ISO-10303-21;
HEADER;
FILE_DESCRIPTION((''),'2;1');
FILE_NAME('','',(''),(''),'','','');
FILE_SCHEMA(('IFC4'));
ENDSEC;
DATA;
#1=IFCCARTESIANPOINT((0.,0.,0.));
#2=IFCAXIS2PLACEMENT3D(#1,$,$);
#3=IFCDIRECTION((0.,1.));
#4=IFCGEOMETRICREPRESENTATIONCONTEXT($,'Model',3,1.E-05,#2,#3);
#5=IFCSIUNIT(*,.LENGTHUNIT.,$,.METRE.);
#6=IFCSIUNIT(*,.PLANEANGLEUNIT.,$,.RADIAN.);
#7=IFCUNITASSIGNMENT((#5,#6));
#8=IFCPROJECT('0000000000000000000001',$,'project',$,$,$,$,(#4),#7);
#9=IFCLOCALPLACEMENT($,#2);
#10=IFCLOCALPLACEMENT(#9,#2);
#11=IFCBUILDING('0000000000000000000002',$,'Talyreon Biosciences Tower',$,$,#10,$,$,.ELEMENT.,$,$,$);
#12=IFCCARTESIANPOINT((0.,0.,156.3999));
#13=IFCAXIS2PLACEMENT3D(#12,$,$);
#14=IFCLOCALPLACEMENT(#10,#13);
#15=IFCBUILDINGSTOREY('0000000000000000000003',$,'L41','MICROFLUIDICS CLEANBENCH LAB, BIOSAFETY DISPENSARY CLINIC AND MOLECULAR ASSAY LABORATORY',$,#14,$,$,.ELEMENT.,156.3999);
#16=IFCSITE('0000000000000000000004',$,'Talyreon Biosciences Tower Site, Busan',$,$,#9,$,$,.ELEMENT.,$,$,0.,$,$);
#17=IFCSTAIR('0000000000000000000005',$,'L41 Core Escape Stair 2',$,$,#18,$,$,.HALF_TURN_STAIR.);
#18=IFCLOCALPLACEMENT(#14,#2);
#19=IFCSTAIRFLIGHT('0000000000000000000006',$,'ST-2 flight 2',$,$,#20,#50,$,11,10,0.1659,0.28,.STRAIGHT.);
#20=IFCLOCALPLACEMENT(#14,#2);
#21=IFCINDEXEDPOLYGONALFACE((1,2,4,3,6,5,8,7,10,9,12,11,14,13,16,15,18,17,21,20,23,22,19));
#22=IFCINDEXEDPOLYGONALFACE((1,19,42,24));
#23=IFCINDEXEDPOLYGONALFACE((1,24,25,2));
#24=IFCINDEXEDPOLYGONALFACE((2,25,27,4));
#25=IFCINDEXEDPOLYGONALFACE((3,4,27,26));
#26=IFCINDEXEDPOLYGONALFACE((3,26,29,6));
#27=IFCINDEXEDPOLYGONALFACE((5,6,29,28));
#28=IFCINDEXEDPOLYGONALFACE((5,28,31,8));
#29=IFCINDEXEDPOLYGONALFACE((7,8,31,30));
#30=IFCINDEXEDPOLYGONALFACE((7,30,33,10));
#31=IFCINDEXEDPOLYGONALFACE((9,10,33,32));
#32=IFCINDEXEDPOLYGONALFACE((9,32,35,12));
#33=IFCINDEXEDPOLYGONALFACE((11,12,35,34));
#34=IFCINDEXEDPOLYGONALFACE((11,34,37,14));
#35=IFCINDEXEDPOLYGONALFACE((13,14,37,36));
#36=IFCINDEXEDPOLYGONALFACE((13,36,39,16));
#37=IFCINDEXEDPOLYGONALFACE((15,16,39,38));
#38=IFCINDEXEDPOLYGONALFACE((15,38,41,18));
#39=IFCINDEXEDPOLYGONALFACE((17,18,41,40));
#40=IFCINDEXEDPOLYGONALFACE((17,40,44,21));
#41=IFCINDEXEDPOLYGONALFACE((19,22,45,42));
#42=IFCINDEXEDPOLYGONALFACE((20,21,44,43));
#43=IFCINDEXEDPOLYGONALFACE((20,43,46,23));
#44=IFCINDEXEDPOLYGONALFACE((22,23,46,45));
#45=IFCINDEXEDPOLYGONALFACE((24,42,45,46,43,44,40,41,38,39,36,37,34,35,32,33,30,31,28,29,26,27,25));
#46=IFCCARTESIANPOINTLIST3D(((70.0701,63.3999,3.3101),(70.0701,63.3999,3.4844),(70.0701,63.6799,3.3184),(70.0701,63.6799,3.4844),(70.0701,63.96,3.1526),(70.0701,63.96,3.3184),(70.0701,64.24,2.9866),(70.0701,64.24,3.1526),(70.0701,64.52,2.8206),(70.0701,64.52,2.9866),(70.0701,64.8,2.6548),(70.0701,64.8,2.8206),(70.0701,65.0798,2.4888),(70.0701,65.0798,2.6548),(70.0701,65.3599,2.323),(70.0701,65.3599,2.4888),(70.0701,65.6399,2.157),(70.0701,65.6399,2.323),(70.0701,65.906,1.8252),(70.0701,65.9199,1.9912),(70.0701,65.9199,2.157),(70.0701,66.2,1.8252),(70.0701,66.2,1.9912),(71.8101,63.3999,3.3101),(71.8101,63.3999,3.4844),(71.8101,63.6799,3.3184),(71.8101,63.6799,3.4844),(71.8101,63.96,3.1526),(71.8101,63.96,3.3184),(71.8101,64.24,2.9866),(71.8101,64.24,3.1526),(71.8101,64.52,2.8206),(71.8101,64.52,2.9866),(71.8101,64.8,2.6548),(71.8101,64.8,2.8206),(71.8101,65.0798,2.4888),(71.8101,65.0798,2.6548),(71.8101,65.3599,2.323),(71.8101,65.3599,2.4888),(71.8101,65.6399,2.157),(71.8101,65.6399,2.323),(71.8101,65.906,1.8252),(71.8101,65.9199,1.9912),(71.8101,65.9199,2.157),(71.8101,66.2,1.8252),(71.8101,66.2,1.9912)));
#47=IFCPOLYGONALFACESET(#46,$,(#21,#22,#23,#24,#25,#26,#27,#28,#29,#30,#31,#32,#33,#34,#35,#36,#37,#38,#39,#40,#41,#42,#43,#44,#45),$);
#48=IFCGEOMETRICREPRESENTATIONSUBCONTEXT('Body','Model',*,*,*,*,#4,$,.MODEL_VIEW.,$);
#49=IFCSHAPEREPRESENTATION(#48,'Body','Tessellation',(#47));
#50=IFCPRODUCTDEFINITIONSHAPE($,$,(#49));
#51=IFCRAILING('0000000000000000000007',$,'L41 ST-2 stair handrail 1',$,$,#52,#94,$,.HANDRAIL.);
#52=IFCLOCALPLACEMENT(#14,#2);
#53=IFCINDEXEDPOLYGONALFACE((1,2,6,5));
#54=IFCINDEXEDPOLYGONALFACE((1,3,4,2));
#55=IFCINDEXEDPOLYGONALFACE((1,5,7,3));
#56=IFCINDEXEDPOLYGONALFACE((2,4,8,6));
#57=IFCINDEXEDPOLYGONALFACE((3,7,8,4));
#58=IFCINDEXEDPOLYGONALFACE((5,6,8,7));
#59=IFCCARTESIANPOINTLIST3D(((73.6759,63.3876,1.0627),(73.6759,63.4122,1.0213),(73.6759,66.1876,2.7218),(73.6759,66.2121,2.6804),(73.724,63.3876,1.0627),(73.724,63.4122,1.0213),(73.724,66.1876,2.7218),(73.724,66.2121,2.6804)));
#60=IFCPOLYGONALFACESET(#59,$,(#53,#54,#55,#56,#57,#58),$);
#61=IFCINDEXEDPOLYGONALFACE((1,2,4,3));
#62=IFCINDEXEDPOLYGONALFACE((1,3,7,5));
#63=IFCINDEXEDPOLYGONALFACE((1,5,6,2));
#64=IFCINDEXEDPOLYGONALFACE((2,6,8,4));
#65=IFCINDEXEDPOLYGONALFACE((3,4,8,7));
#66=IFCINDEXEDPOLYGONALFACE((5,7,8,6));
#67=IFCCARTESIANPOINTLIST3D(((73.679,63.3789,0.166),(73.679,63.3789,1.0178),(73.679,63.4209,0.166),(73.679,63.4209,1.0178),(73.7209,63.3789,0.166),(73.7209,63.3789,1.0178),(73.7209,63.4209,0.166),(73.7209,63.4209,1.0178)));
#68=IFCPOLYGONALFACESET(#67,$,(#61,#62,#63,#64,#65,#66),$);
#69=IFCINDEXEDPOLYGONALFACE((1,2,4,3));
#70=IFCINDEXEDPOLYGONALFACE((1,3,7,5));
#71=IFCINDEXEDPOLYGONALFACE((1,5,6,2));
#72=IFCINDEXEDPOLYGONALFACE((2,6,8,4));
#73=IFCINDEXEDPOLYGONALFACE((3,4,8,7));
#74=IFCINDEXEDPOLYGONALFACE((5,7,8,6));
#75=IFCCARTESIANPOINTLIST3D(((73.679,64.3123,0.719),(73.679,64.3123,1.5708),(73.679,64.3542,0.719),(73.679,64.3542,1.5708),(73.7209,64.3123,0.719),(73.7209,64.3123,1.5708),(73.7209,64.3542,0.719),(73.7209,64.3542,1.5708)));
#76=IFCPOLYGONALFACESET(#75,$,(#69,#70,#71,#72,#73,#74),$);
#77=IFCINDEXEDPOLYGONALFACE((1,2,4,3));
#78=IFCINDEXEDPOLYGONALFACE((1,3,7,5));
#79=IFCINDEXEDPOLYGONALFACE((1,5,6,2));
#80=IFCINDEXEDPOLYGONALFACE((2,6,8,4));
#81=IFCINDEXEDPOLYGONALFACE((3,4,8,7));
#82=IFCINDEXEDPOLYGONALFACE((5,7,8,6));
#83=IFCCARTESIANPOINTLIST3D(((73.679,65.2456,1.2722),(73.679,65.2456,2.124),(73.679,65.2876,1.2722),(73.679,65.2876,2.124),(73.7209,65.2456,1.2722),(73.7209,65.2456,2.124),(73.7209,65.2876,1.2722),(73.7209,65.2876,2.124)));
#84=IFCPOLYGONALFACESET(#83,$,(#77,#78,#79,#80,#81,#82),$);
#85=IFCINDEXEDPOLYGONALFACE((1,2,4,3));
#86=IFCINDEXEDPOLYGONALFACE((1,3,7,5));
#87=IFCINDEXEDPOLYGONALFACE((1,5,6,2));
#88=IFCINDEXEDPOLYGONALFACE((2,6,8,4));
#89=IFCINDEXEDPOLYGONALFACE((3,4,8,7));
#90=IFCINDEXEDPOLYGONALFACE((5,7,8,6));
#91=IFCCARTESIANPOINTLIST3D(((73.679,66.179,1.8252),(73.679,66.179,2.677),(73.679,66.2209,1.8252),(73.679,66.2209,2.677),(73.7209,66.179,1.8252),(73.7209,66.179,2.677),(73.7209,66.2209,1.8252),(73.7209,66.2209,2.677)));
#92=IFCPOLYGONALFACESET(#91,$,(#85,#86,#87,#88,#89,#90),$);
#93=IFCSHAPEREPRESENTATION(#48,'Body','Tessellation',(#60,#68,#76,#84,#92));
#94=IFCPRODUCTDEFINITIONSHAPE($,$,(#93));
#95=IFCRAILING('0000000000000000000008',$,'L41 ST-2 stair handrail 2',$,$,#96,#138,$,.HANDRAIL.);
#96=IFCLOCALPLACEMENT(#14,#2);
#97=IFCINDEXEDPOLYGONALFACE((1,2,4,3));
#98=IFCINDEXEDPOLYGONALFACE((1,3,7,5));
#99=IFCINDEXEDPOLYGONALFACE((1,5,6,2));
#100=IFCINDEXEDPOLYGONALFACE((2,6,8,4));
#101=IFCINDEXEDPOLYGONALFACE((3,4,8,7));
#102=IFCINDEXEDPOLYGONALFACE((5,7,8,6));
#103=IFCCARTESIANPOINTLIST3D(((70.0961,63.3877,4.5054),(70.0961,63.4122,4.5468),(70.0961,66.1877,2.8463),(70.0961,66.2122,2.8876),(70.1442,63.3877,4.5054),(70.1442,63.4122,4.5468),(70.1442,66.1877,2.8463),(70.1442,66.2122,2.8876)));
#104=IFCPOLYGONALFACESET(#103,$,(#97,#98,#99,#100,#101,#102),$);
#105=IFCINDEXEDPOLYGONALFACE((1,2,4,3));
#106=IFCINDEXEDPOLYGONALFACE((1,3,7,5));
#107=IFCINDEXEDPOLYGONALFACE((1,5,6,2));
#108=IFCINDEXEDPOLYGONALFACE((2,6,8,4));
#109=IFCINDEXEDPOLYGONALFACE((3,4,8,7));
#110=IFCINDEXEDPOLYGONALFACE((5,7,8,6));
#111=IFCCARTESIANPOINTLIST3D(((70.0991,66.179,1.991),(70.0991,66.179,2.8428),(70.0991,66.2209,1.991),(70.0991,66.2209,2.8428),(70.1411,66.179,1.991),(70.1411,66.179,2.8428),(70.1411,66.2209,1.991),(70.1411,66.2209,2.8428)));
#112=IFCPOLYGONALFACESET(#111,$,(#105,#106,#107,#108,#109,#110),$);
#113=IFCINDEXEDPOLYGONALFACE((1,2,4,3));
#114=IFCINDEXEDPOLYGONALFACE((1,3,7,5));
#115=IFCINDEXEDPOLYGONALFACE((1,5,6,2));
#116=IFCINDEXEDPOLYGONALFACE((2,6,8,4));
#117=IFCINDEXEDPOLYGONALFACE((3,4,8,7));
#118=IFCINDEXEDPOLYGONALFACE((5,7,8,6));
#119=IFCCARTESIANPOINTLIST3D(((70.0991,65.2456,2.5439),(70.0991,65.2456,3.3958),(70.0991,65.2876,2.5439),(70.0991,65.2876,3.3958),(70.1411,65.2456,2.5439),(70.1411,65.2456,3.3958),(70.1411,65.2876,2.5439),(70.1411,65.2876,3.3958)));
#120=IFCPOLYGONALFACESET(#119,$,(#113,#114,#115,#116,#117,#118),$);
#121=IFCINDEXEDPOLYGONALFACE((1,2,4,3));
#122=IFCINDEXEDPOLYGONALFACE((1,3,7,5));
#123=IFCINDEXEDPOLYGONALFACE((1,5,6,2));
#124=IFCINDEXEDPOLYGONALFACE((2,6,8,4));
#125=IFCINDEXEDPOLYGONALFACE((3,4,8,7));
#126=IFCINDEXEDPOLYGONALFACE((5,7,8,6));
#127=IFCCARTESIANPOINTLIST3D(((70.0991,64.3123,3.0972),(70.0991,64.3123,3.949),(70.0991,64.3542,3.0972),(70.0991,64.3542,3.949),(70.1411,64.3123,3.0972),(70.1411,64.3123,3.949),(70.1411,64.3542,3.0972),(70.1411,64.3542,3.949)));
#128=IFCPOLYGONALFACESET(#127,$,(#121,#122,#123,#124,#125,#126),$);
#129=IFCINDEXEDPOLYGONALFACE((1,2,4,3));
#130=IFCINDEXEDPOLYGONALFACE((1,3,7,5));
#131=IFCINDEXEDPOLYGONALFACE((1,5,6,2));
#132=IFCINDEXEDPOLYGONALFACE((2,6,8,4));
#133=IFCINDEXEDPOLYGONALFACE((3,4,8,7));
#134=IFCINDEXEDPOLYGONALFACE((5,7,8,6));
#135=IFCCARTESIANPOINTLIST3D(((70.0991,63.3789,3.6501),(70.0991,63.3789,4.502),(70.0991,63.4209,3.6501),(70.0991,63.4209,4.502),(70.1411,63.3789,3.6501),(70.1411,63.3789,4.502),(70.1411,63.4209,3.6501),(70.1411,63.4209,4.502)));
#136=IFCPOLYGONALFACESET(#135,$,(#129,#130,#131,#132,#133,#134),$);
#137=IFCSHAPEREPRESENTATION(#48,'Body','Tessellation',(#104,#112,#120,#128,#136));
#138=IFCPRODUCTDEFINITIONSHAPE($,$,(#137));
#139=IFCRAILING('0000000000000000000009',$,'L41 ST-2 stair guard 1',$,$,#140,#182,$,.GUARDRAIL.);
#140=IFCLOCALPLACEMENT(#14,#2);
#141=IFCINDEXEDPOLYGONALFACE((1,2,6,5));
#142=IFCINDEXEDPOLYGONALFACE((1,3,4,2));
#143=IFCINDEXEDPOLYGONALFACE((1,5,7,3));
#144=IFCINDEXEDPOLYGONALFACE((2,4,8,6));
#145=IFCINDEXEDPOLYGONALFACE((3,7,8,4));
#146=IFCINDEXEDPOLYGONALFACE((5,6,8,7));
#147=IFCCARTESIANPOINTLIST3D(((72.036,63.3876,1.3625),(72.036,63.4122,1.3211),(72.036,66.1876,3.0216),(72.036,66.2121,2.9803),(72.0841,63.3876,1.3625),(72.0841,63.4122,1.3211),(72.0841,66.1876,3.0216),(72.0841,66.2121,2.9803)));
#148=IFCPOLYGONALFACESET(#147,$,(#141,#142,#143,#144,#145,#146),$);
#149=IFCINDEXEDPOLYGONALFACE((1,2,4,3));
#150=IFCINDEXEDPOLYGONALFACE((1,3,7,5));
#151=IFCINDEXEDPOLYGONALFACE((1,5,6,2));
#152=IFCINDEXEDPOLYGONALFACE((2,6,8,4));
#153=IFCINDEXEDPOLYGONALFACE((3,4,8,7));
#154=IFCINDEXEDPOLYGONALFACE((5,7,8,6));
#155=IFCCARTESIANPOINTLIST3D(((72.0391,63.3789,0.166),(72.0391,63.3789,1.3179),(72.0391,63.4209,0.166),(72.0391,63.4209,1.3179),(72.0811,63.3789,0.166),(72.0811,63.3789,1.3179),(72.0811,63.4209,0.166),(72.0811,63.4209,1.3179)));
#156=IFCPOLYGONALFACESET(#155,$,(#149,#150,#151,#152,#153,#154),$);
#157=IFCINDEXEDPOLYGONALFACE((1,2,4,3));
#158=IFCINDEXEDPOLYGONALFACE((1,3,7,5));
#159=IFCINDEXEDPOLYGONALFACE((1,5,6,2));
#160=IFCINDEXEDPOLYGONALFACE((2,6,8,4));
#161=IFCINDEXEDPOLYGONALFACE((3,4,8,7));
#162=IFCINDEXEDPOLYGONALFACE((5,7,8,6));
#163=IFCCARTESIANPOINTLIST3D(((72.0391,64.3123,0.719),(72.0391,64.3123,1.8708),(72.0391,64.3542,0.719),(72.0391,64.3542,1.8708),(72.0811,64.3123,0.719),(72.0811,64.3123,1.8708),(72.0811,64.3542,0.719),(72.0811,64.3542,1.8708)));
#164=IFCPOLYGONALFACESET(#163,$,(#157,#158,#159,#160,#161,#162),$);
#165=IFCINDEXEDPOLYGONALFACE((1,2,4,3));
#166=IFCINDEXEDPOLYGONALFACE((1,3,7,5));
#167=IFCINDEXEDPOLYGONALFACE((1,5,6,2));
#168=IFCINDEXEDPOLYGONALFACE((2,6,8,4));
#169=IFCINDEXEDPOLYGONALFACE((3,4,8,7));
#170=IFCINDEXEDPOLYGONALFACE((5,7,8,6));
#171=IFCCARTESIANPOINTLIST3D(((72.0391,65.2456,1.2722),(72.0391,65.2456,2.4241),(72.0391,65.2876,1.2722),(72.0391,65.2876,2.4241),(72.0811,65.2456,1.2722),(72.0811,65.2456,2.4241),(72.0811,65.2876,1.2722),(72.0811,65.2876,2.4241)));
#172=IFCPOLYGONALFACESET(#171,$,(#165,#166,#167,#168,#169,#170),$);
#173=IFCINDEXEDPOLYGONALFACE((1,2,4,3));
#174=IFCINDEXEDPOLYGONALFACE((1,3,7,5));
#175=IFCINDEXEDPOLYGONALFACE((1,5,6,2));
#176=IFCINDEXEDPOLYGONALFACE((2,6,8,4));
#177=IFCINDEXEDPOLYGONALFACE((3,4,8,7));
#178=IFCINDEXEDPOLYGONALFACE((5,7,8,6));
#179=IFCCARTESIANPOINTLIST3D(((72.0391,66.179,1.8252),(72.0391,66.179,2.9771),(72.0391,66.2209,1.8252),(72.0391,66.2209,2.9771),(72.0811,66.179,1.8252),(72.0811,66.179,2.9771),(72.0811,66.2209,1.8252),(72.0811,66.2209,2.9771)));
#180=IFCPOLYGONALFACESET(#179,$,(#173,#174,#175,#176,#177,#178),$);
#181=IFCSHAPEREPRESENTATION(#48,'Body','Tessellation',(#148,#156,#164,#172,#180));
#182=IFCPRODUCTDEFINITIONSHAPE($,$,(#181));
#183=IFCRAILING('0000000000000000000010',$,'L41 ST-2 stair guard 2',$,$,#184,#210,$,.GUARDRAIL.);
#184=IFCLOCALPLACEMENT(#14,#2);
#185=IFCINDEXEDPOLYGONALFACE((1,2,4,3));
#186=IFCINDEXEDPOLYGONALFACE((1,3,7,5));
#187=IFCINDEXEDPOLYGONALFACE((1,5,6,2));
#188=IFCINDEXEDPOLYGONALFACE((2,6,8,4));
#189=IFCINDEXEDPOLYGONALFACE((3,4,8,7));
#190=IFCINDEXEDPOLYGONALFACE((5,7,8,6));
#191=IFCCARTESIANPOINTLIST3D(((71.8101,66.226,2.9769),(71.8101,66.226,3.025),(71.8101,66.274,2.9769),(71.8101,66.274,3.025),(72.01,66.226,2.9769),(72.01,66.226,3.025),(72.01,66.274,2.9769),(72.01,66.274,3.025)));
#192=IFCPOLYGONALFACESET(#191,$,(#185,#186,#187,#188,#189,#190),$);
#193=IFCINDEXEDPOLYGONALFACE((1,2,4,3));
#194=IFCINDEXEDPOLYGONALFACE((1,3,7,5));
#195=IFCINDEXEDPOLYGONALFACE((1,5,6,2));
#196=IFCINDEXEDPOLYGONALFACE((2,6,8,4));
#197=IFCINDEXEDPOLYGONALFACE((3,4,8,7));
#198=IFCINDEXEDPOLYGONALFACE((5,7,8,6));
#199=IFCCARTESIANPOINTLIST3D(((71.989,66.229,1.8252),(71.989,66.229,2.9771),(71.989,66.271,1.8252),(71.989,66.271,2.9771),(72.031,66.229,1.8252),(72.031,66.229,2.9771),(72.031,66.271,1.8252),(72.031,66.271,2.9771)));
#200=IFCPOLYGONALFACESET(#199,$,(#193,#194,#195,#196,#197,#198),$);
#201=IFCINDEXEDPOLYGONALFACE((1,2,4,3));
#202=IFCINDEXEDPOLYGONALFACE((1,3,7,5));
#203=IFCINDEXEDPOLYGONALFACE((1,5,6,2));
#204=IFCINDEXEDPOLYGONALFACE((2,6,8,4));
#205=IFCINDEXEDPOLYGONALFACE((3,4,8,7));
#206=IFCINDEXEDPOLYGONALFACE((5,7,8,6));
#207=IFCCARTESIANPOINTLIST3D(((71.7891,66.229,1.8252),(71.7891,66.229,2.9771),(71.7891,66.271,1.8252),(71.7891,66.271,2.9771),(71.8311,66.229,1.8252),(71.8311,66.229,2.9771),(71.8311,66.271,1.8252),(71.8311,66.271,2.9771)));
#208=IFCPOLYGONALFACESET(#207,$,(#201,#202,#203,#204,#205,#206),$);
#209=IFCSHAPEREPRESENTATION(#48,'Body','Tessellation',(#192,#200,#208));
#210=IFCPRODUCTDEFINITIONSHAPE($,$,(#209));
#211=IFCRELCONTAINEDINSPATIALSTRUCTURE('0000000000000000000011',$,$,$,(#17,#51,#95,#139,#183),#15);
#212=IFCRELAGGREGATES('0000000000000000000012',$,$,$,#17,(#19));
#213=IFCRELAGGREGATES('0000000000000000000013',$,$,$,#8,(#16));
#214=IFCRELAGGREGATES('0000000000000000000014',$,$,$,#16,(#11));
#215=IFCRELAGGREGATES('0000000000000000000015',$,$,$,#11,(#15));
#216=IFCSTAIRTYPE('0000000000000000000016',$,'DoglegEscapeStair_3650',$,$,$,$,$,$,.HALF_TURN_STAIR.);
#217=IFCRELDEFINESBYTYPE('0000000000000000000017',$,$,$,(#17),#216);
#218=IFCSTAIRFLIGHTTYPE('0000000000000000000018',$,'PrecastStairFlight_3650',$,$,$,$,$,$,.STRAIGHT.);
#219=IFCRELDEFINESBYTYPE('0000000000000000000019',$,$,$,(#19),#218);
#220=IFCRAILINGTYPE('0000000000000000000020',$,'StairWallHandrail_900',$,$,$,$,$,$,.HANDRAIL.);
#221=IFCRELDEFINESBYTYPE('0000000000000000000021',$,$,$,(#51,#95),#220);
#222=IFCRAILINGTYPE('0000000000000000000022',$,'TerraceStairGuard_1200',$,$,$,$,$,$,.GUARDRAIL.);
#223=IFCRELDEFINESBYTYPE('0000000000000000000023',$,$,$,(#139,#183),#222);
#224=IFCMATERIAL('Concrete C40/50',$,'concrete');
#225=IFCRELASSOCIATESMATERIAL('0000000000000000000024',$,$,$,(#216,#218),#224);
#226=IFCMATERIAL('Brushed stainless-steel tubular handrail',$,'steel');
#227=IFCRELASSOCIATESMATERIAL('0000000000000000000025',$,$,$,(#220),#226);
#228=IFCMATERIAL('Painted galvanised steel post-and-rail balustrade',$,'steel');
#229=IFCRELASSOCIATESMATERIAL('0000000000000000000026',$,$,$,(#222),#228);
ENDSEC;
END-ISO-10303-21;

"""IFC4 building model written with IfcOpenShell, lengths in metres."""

from ifc_helpers import new_model, si_unit, direction, frame, origin, origin_2d, place, context, subcontext, project, spatial, polyline, rectangle, outline, extrude, material, type_object, element, aggregate, save


model = new_model("IFC4")

# Units and contexts
model_context = context("Model", 3, precision=1e-05, world=origin(), true_north=direction((0.0, 1.0)))
body_context = subcontext(model_context, "Body", "Model", "MODEL_VIEW")
ifc_project = project(units=[si_unit("LENGTHUNIT", "METRE"), si_unit("PLANEANGLEUNIT", "RADIAN")], contexts=[model_context])

# Site, building, storey
site_placement = place(None, origin())
site = spatial("IfcSite", under=ifc_project, at=site_placement, Name="Talyreon Biosciences Tower Site, Busan", CompositionType="ELEMENT", RefElevation=0.0)
building_placement = place(site_placement, origin())
building = spatial("IfcBuilding", under=site, at=building_placement, Name="Talyreon Biosciences Tower", CompositionType="ELEMENT")
storey_placement = place(building_placement, frame((0.0, 0.0, 156.3999)))
storey = spatial("IfcBuildingStorey", under=building, at=storey_placement, Name="L41", Description="MICROFLUIDICS CLEANBENCH LAB, BIOSAFETY DISPENSARY CLINIC AND MOLECULAR ASSAY LABORATORY", CompositionType="ELEMENT", Elevation=156.3999)

# Stair, stair flight
ifc_material_1 = material(Name="Concrete C40/50", Category="concrete")
stair_type = type_object("IfcStairType", Name="DoglegEscapeStair_3650", PredefinedType="HALF_TURN_STAIR", material=ifc_material_1)
stair_placement = place(storey_placement, origin())
stair = element("IfcStair", 1, at=stair_placement, inside=storey, type_object=stair_type, Name="L41 Core Escape Stair 2", PredefinedType="HALF_TURN_STAIR")
stair_flight_type = type_object("IfcStairFlightType", Name="PrecastStairFlight_3650", PredefinedType="STRAIGHT", material=ifc_material_1)
stair_flight_1_placement = place(storey_placement, frame((70.9399, 66.2, 1.8252), z_axis=(0.0, 0.0, 1.0), x_axis=(0.0, -1.0, 0.0)))
stair_flight_1 = element("IfcStairFlight", 2, at=stair_flight_1_placement, type_object=stair_flight_type, Name="ST-2 flight 2", NumberOfRisers=11, NumberOfTreads=10, PredefinedType="STRAIGHT", RiserHeight=0.1659, TreadLength=0.28, context=body_context, shape_type="SweptSolid", body=[
    extrude(outline(polyline([(0.0, 0.0), (0.0, 0.166), (0.28, 0.166), (0.28, 0.3318), (0.5601, 0.3318), (0.5601, 0.4978), (0.8401, 0.4978), (0.8401, 0.6636), (1.1201, 0.6636), (1.1201, 0.8296), (1.3999, 0.8296), (1.3999, 0.9954), (1.6799, 0.9954), (1.6799, 1.1614), (1.96, 1.1614), (1.96, 1.3274), (2.24, 1.3274), (2.24, 1.4932), (2.52, 1.4932), (2.52, 1.6592), (2.8, 1.6592), (2.8, 1.825), (2.8, 1.4849), (0.2939, 0.0), (0.0, 0.0)])), frame((0.0, 0.8701, 0.0), z_axis=(0.0, -1.0, 0.0), x_axis=(1.0, 0.0, 0.0)), (0.0, 0.0, 1.0), 1.74),
])
aggregate(stair, [stair_flight_1])

# Railings
ifc_material_2 = material(Name="Brushed stainless-steel tubular handrail", Category="steel")
railing_type_1 = type_object("IfcRailingType", Name="StairWallHandrail_900", PredefinedType="HANDRAIL", material=ifc_material_2)
railing_1_placement = place(storey_placement, frame((73.7, 63.3999, 0.166)))
element("IfcRailing", 3, at=railing_1_placement, inside=storey, type_object=railing_type_1, Name="L41 ST-2 stair handrail 1", PredefinedType="HANDRAIL", context=body_context, shape_type="SweptSolid", body=[
    extrude(rectangle(XDim=0.0481, YDim=0.0481, at=origin_2d()), frame((0.0, 0.0, 0.876), z_axis=(0.0, 0.860306, 0.509778), x_axis=(-1.0, 0.0, 0.0)), (0.0, 0.0, 1.0), 3.2546),
    extrude(rectangle(XDim=0.042, YDim=0.042, at=origin_2d()), origin(), (0.0, 0.0, 1.0), 0.8518),
    extrude(rectangle(XDim=0.042, YDim=0.042, at=origin_2d()), frame((0.0, 0.9333, 0.553)), (0.0, 0.0, 1.0), 0.8518),
    extrude(rectangle(XDim=0.042, YDim=0.042, at=origin_2d()), frame((0.0, 1.8667, 1.1062)), (0.0, 0.0, 1.0), 0.8518),
    extrude(rectangle(XDim=0.042, YDim=0.042, at=origin_2d()), frame((0.0, 2.8, 1.6592)), (0.0, 0.0, 1.0), 0.8518),
])
railing_2_placement = place(storey_placement, frame((70.1201, 66.2, 1.991)))
element("IfcRailing", 4, at=railing_2_placement, inside=storey, type_object=railing_type_1, Name="L41 ST-2 stair handrail 2", PredefinedType="HANDRAIL", context=body_context, shape_type="SweptSolid", body=[
    extrude(rectangle(XDim=0.0481, YDim=0.0481, at=origin_2d()), frame((0.0, 0.0, 0.876), z_axis=(0.0, -0.860306, 0.509778), x_axis=(1.0, 0.0, 0.0)), (0.0, 0.0, 1.0), 3.2546),
    extrude(rectangle(XDim=0.042, YDim=0.042, at=origin_2d()), origin(), (0.0, 0.0, 1.0), 0.8518),
    extrude(rectangle(XDim=0.042, YDim=0.042, at=origin_2d()), frame((0.0, -0.9333, 0.553)), (0.0, 0.0, 1.0), 0.8518),
    extrude(rectangle(XDim=0.042, YDim=0.042, at=origin_2d()), frame((0.0, -1.8667, 1.1062)), (0.0, 0.0, 1.0), 0.8518),
    extrude(rectangle(XDim=0.042, YDim=0.042, at=origin_2d()), frame((0.0, -2.8, 1.6592)), (0.0, 0.0, 1.0), 0.8518),
])
ifc_material_3 = material(Name="Painted galvanised steel post-and-rail balustrade", Category="steel")
railing_type_2 = type_object("IfcRailingType", Name="TerraceStairGuard_1200", PredefinedType="GUARDRAIL", material=ifc_material_3)
railing_3_placement = place(storey_placement, frame((72.0601, 63.3999, 0.166)))
element("IfcRailing", 5, at=railing_3_placement, inside=storey, type_object=railing_type_2, Name="L41 ST-2 stair guard 1", PredefinedType="GUARDRAIL", context=body_context, shape_type="SweptSolid", body=[
    extrude(rectangle(XDim=0.0481, YDim=0.0481, at=origin_2d()), frame((0.0, 0.0, 1.1758), z_axis=(0.0, 0.860306, 0.509778), x_axis=(-1.0, 0.0, 0.0)), (0.0, 0.0, 1.0), 3.2546),
    extrude(rectangle(XDim=0.042, YDim=0.042, at=origin_2d()), origin(), (0.0, 0.0, 1.0), 1.1519),
    extrude(rectangle(XDim=0.042, YDim=0.042, at=origin_2d()), frame((0.0, 0.9333, 0.553)), (0.0, 0.0, 1.0), 1.1519),
    extrude(rectangle(XDim=0.042, YDim=0.042, at=origin_2d()), frame((0.0, 1.8667, 1.1062)), (0.0, 0.0, 1.0), 1.1519),
    extrude(rectangle(XDim=0.042, YDim=0.042, at=origin_2d()), frame((0.0, 2.8, 1.6592)), (0.0, 0.0, 1.0), 1.1519),
])
railing_4_placement = place(storey_placement, frame((72.01, 66.25, 1.8252)))
element("IfcRailing", 6, at=railing_4_placement, inside=storey, type_object=railing_type_2, Name="L41 ST-2 stair guard 2", PredefinedType="GUARDRAIL", context=body_context, shape_type="SweptSolid", body=[
    extrude(rectangle(XDim=0.0481, YDim=0.0481, at=origin_2d()), frame((0.0, 0.0, 1.1758), z_axis=(-1.0, 0.0, 0.0), x_axis=(0.0, -1.0, 0.0)), (0.0, 0.0, 1.0), 0.2),
    extrude(rectangle(XDim=0.042, YDim=0.042, at=origin_2d()), origin(), (0.0, 0.0, 1.0), 1.1519),
    extrude(rectangle(XDim=0.042, YDim=0.042, at=origin_2d()), frame((-0.2, 0.0, 0.0)), (0.0, 0.0, 1.0), 1.1519),
])

save(model, "model.ifc")
